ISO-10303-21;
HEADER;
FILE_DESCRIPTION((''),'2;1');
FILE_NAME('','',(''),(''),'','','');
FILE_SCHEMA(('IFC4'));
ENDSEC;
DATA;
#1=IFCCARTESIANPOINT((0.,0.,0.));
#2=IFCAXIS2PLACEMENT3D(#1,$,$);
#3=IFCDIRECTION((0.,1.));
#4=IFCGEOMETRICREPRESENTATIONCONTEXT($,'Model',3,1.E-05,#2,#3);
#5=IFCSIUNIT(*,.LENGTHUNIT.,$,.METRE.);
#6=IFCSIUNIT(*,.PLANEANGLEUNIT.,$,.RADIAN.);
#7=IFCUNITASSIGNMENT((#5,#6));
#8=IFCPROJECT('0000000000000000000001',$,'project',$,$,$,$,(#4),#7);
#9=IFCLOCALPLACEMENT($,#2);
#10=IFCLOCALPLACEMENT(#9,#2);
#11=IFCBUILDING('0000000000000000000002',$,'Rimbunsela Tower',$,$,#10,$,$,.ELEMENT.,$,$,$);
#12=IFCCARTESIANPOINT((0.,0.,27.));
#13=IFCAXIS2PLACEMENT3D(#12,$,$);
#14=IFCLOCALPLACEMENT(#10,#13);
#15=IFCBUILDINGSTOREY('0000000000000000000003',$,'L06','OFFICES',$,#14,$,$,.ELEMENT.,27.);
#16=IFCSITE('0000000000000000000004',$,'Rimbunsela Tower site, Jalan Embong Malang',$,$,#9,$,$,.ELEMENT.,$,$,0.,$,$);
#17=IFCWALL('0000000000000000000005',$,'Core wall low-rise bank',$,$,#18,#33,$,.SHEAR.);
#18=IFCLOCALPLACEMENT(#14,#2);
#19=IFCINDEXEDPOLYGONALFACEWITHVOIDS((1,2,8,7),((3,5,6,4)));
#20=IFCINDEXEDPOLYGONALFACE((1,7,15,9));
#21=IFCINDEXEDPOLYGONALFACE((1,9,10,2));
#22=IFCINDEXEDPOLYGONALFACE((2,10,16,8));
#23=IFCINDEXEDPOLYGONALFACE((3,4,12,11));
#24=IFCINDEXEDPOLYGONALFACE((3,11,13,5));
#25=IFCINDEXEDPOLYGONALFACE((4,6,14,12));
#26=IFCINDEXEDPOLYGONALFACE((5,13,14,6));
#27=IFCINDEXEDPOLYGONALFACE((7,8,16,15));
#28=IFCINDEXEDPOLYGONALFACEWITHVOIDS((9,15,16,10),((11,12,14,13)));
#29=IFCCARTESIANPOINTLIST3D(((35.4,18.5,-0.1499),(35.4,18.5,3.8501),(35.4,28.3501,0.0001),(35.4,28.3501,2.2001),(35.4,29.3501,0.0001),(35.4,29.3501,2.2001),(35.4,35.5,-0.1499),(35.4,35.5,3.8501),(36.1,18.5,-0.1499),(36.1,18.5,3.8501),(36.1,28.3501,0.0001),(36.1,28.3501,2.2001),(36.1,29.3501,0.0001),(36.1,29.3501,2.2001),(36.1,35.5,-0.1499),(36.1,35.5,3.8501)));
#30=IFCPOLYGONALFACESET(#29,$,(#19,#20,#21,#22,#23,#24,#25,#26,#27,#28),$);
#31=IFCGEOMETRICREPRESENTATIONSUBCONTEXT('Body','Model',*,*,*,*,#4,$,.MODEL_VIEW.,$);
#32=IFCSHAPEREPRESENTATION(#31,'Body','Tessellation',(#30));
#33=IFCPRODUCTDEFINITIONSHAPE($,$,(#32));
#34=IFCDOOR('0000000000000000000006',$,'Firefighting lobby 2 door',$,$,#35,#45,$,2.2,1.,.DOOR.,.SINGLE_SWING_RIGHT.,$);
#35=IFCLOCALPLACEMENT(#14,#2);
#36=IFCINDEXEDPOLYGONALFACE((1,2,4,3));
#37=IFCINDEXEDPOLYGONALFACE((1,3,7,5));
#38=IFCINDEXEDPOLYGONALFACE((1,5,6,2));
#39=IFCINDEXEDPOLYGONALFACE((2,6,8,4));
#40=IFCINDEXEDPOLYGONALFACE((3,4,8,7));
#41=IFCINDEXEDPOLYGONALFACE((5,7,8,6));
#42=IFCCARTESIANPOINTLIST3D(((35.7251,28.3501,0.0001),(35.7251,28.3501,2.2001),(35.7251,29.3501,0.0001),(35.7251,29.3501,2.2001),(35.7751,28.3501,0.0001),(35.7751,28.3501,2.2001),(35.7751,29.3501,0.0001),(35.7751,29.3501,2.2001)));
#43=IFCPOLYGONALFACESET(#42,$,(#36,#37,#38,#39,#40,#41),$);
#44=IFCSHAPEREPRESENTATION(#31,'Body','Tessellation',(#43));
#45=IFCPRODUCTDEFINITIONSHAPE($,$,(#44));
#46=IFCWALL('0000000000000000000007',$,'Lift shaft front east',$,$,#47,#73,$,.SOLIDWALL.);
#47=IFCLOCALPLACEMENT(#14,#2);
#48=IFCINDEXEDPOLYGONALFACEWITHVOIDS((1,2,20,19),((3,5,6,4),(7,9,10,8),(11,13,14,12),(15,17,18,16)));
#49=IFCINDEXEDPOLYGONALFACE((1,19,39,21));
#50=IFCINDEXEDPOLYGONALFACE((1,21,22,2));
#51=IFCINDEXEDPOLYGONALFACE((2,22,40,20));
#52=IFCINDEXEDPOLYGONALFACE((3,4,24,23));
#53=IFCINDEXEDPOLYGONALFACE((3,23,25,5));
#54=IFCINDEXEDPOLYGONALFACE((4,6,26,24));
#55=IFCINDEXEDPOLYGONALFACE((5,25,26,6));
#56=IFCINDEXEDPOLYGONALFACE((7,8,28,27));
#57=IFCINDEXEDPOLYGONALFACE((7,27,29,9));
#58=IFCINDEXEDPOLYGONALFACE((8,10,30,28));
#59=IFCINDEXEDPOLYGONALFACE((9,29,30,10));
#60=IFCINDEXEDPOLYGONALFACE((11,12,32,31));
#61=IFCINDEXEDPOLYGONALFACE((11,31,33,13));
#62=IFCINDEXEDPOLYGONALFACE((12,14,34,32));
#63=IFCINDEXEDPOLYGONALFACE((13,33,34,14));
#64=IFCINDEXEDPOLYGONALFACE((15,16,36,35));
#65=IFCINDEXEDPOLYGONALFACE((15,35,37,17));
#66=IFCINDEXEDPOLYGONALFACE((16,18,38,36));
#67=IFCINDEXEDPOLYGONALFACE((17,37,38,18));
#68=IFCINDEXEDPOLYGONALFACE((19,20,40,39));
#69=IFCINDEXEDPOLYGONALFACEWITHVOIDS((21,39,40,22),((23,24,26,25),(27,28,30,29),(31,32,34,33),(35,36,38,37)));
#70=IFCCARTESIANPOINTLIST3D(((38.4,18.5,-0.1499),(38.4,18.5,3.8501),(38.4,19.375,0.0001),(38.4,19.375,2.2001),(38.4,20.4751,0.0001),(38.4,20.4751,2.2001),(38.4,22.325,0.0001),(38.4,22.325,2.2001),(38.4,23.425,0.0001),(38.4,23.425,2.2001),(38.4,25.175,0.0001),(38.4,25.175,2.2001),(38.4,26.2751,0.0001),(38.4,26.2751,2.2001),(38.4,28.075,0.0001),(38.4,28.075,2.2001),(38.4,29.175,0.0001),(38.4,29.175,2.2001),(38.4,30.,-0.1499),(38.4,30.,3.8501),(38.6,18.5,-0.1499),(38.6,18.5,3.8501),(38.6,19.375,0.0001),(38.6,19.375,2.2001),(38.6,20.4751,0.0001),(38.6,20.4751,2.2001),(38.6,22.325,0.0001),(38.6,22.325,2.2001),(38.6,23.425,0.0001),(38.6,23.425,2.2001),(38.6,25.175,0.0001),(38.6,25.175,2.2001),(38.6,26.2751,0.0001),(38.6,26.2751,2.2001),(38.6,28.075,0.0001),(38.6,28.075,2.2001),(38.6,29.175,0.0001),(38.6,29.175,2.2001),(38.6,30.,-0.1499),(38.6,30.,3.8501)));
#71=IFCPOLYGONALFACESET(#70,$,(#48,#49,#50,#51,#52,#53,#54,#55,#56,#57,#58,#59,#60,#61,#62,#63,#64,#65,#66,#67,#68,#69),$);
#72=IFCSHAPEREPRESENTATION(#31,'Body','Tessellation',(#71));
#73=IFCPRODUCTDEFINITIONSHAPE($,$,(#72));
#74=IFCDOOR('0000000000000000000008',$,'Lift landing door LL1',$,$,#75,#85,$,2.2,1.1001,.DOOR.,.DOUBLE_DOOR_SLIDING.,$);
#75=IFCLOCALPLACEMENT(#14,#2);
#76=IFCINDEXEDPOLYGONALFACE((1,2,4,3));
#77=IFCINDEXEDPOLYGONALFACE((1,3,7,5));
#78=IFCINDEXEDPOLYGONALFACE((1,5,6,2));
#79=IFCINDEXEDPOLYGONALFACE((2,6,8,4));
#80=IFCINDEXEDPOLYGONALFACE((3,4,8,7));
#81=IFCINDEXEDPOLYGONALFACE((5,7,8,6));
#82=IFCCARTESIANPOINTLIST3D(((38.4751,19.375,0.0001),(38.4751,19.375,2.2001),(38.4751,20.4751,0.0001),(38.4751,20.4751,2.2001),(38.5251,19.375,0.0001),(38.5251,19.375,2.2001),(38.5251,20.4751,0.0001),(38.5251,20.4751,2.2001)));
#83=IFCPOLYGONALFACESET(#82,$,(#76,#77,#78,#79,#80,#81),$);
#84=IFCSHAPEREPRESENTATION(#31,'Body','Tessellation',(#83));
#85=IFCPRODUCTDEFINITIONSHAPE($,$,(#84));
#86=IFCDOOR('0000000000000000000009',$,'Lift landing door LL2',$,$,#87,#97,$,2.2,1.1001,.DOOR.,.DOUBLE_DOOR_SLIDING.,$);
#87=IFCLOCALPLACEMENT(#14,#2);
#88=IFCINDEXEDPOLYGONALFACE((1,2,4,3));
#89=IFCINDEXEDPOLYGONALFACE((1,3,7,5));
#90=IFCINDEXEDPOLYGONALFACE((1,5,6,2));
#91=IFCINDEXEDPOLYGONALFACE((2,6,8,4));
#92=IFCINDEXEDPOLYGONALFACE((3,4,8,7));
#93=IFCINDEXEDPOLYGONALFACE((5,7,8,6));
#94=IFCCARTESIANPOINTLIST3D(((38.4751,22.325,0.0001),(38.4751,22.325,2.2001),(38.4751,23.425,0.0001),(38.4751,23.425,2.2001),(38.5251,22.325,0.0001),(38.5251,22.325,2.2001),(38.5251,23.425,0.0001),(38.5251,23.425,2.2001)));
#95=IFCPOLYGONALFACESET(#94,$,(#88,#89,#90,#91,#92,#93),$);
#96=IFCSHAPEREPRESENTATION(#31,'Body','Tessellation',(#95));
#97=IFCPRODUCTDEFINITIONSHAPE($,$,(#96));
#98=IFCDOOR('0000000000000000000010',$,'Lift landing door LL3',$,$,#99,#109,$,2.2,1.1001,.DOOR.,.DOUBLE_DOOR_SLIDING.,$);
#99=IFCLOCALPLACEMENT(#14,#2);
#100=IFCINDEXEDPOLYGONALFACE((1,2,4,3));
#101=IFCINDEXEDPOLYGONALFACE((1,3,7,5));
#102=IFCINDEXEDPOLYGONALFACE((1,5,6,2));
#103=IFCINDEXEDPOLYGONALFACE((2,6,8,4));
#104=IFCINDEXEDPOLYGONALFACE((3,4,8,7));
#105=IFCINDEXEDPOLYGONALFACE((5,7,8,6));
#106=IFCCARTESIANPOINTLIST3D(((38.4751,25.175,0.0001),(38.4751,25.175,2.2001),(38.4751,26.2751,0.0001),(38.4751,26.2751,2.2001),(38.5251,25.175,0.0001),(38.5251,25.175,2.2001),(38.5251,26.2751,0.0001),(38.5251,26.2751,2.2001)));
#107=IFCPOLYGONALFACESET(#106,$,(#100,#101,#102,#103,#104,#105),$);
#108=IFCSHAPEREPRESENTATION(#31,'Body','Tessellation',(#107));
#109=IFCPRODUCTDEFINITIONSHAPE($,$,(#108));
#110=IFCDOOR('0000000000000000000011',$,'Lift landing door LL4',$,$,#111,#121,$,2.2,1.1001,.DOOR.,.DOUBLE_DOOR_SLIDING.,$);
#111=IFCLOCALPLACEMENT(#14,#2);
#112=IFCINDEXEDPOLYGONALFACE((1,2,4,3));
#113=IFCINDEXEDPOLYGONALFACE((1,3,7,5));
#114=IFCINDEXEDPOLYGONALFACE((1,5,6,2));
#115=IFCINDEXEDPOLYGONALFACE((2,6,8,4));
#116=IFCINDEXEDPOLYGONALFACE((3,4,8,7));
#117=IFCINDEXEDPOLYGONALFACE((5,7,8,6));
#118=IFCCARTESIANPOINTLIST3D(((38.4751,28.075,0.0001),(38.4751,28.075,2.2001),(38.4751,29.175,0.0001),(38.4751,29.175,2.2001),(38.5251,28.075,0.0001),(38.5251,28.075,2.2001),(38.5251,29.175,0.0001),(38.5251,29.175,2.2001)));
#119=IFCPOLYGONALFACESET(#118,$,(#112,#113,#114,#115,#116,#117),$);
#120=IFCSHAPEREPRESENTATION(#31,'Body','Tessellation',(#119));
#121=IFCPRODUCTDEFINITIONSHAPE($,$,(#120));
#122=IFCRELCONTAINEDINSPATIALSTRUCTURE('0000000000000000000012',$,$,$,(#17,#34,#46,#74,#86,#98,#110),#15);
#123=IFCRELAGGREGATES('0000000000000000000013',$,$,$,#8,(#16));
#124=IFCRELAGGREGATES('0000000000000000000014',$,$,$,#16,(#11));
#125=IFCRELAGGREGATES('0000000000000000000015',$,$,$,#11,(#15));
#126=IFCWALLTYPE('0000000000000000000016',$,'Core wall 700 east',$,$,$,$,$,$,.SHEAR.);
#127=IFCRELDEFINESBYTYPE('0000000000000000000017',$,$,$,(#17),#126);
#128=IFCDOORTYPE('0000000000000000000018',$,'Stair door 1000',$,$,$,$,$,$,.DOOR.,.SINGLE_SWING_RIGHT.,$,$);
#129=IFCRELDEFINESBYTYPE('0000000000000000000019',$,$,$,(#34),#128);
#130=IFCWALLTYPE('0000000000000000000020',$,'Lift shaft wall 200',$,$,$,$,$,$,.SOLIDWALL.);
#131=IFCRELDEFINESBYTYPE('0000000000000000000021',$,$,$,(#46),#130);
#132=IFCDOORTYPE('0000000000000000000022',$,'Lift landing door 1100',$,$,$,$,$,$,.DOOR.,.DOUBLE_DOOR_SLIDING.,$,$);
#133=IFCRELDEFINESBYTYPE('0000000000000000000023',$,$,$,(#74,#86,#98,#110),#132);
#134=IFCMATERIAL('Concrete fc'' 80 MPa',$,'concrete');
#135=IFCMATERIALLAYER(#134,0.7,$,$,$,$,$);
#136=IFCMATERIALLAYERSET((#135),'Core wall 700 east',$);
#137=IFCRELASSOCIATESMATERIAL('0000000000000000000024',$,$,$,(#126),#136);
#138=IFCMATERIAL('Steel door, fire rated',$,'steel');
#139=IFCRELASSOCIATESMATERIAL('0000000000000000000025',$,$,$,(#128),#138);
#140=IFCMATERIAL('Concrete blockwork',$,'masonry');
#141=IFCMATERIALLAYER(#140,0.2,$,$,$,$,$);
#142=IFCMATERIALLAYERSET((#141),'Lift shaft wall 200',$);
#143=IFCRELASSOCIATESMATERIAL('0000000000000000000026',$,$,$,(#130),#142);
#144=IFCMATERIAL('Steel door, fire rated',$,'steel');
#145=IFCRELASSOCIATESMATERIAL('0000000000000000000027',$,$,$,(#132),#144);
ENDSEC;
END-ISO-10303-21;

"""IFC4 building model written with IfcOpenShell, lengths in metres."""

from ifc_helpers import new_model, si_unit, direction, frame, frame_2d, origin, place, context, subcontext, project, spatial, rectangle, extrude, material, layer, layer_set, type_object, element, fill, save


model = new_model("IFC4")

# Units and contexts
model_context = context("Model", 3, precision=1e-05, world=origin(), true_north=direction((0.0, 1.0)))
body_context = subcontext(model_context, "Body", "Model", "MODEL_VIEW")
ifc_project = project(units=[si_unit("LENGTHUNIT", "METRE"), si_unit("PLANEANGLEUNIT", "RADIAN")], contexts=[model_context])

# Site, building, storey
site_placement = place(None, origin())
site = spatial("IfcSite", under=ifc_project, at=site_placement, Name="Rimbunsela Tower site, Jalan Embong Malang", CompositionType="ELEMENT", RefElevation=0.0)
building_placement = place(site_placement, origin())
building = spatial("IfcBuilding", under=site, at=building_placement, Name="Rimbunsela Tower", CompositionType="ELEMENT")
storey_placement = place(building_placement, frame((0.0, 0.0, 27.0)))
storey = spatial("IfcBuildingStorey", under=building, at=storey_placement, Name="L06", Description="OFFICES", CompositionType="ELEMENT", Elevation=27.0)

# Wall, opening, door
ifc_material_1 = material(Name="Concrete fc' 80 MPa", Category="concrete")
ifc_layer_1 = layer(ifc_material_1, 0.7)
ifc_layer_set_1 = layer_set([ifc_layer_1], Name="Core wall 700 east")
wall_type_1 = type_object("IfcWallType", Name="Core wall 700 east", PredefinedType="SHEAR", material=ifc_layer_set_1)
wall_1_placement = place(storey_placement, frame((35.75, 18.5, -0.1499), z_axis=(0.0, 0.0, 1.0), x_axis=(0.0, 1.0, 0.0)))
wall_1 = element("IfcWall", 1, at=wall_1_placement, inside=storey, type_object=wall_type_1, Name="Core wall low-rise bank", PredefinedType="SHEAR", context=body_context, shape_type="SweptSolid", body=[
    extrude(rectangle(XDim=17.0, YDim=0.7, at=frame_2d((8.5, 0.0))), origin(), (0.0, 0.0, 1.0), 4.0),
])
opening_1_placement = place(wall_1_placement, frame((9.8501, 0.0, 0.1499)))
opening_1 = element("IfcOpeningElement", 2, at=opening_1_placement, cuts=wall_1, PredefinedType="OPENING", context=body_context, shape_type="SweptSolid", body=[
    extrude(rectangle(XDim=1.0, YDim=2.2, at=frame_2d((0.5, 1.1001))), frame((0.0, 0.3599, 0.0), z_axis=(0.0, -1.0, 0.0), x_axis=(1.0, 0.0, 0.0)), (0.0, 0.0, 1.0), 0.72),
])
ifc_material_2 = material(Name="Steel door, fire rated", Category="steel")
door_type_1 = type_object("IfcDoorType", Name="Stair door 1000", OperationType="SINGLE_SWING_RIGHT", PredefinedType="DOOR", material=ifc_material_2)
door_1_placement = place(opening_1_placement, origin())
door_1 = element("IfcDoor", 3, at=door_1_placement, inside=storey, type_object=door_type_1, Name="Firefighting lobby 2 door", OperationType="SINGLE_SWING_RIGHT", OverallHeight=2.2, OverallWidth=1.0, PredefinedType="DOOR", context=body_context, shape_type="SweptSolid", body=[
    extrude(rectangle(XDim=1.0, YDim=2.2, at=frame_2d((0.5, 1.1001))), frame((0.0, 0.0249, 0.0), z_axis=(0.0, -1.0, 0.0), x_axis=(1.0, 0.0, 0.0)), (0.0, 0.0, 1.0), 0.05),
])
fill(opening_1, door_1)

# Wall, openings, doors
ifc_material_3 = material(Name="Concrete blockwork", Category="masonry")
ifc_layer_2 = layer(ifc_material_3, 0.2)
ifc_layer_set_2 = layer_set([ifc_layer_2], Name="Lift shaft wall 200")
wall_type_2 = type_object("IfcWallType", Name="Lift shaft wall 200", PredefinedType="SOLIDWALL", material=ifc_layer_set_2)
wall_2_placement = place(storey_placement, frame((38.5, 18.5, -0.1499), z_axis=(0.0, 0.0, 1.0), x_axis=(0.0, 1.0, 0.0)))
wall_2 = element("IfcWall", 4, at=wall_2_placement, inside=storey, type_object=wall_type_2, Name="Lift shaft front east", PredefinedType="SOLIDWALL", context=body_context, shape_type="SweptSolid", body=[
    extrude(rectangle(XDim=11.5, YDim=0.2, at=frame_2d((5.75, 0.0))), origin(), (0.0, 0.0, 1.0), 4.0),
])
opening_2_placement = place(wall_2_placement, frame((0.875, 0.0, 0.1499)))
opening_2 = element("IfcOpeningElement", 5, at=opening_2_placement, cuts=wall_2, PredefinedType="OPENING", context=body_context, shape_type="SweptSolid", body=[
    extrude(rectangle(XDim=1.1001, YDim=2.2, at=frame_2d((0.55, 1.1001))), frame((0.0, 0.1099, 0.0), z_axis=(0.0, -1.0, 0.0), x_axis=(1.0, 0.0, 0.0)), (0.0, 0.0, 1.0), 0.22),
])
opening_3_placement = place(wall_2_placement, frame((3.825, 0.0, 0.1499)))
opening_3 = element("IfcOpeningElement", 6, at=opening_3_placement, cuts=wall_2, PredefinedType="OPENING", context=body_context, shape_type="SweptSolid", body=[
    extrude(rectangle(XDim=1.1001, YDim=2.2, at=frame_2d((0.55, 1.1001))), frame((0.0, 0.1099, 0.0), z_axis=(0.0, -1.0, 0.0), x_axis=(1.0, 0.0, 0.0)), (0.0, 0.0, 1.0), 0.22),
])
opening_4_placement = place(wall_2_placement, frame((6.675, 0.0, 0.1499)))
opening_4 = element("IfcOpeningElement", 7, at=opening_4_placement, cuts=wall_2, PredefinedType="OPENING", context=body_context, shape_type="SweptSolid", body=[
    extrude(rectangle(XDim=1.1001, YDim=2.2, at=frame_2d((0.55, 1.1001))), frame((0.0, 0.1099, 0.0), z_axis=(0.0, -1.0, 0.0), x_axis=(1.0, 0.0, 0.0)), (0.0, 0.0, 1.0), 0.22),
])
opening_5_placement = place(wall_2_placement, frame((9.575, 0.0, 0.1499)))
opening_5 = element("IfcOpeningElement", 8, at=opening_5_placement, cuts=wall_2, PredefinedType="OPENING", context=body_context, shape_type="SweptSolid", body=[
    extrude(rectangle(XDim=1.1001, YDim=2.2, at=frame_2d((0.55, 1.1001))), frame((0.0, 0.1099, 0.0), z_axis=(0.0, -1.0, 0.0), x_axis=(1.0, 0.0, 0.0)), (0.0, 0.0, 1.0), 0.22),
])
ifc_material_4 = material(Name="Steel door, fire rated", Category="steel")
door_type_2 = type_object("IfcDoorType", Name="Lift landing door 1100", OperationType="DOUBLE_DOOR_SLIDING", PredefinedType="DOOR", material=ifc_material_4)
door_2_placement = place(opening_2_placement, origin())
door_2 = element("IfcDoor", 9, at=door_2_placement, inside=storey, type_object=door_type_2, Name="Lift landing door LL1", OperationType="DOUBLE_DOOR_SLIDING", OverallHeight=2.2, OverallWidth=1.1001, PredefinedType="DOOR", context=body_context, shape_type="SweptSolid", body=[
    extrude(rectangle(XDim=1.1001, YDim=2.2, at=frame_2d((0.55, 1.1001))), frame((0.0, 0.0249, 0.0), z_axis=(0.0, -1.0, 0.0), x_axis=(1.0, 0.0, 0.0)), (0.0, 0.0, 1.0), 0.05),
])
fill(opening_2, door_2)
door_3_placement = place(opening_3_placement, origin())
door_3 = element("IfcDoor", 10, at=door_3_placement, inside=storey, type_object=door_type_2, Name="Lift landing door LL2", OperationType="DOUBLE_DOOR_SLIDING", OverallHeight=2.2, OverallWidth=1.1001, PredefinedType="DOOR", context=body_context, shape_type="SweptSolid", body=[
    extrude(rectangle(XDim=1.1001, YDim=2.2, at=frame_2d((0.55, 1.1001))), frame((0.0, 0.0249, 0.0), z_axis=(0.0, -1.0, 0.0), x_axis=(1.0, 0.0, 0.0)), (0.0, 0.0, 1.0), 0.05),
])
fill(opening_3, door_3)
door_4_placement = place(opening_4_placement, origin())
door_4 = element("IfcDoor", 11, at=door_4_placement, inside=storey, type_object=door_type_2, Name="Lift landing door LL3", OperationType="DOUBLE_DOOR_SLIDING", OverallHeight=2.2, OverallWidth=1.1001, PredefinedType="DOOR", context=body_context, shape_type="SweptSolid", body=[
    extrude(rectangle(XDim=1.1001, YDim=2.2, at=frame_2d((0.55, 1.1001))), frame((0.0, 0.0249, 0.0), z_axis=(0.0, -1.0, 0.0), x_axis=(1.0, 0.0, 0.0)), (0.0, 0.0, 1.0), 0.05),
])
fill(opening_4, door_4)
door_5_placement = place(opening_5_placement, origin())
door_5 = element("IfcDoor", 12, at=door_5_placement, inside=storey, type_object=door_type_2, Name="Lift landing door LL4", OperationType="DOUBLE_DOOR_SLIDING", OverallHeight=2.2, OverallWidth=1.1001, PredefinedType="DOOR", context=body_context, shape_type="SweptSolid", body=[
    extrude(rectangle(XDim=1.1001, YDim=2.2, at=frame_2d((0.55, 1.1001))), frame((0.0, 0.0249, 0.0), z_axis=(0.0, -1.0, 0.0), x_axis=(1.0, 0.0, 0.0)), (0.0, 0.0, 1.0), 0.05),
])
fill(opening_5, door_5)

save(model, "model.ifc")
